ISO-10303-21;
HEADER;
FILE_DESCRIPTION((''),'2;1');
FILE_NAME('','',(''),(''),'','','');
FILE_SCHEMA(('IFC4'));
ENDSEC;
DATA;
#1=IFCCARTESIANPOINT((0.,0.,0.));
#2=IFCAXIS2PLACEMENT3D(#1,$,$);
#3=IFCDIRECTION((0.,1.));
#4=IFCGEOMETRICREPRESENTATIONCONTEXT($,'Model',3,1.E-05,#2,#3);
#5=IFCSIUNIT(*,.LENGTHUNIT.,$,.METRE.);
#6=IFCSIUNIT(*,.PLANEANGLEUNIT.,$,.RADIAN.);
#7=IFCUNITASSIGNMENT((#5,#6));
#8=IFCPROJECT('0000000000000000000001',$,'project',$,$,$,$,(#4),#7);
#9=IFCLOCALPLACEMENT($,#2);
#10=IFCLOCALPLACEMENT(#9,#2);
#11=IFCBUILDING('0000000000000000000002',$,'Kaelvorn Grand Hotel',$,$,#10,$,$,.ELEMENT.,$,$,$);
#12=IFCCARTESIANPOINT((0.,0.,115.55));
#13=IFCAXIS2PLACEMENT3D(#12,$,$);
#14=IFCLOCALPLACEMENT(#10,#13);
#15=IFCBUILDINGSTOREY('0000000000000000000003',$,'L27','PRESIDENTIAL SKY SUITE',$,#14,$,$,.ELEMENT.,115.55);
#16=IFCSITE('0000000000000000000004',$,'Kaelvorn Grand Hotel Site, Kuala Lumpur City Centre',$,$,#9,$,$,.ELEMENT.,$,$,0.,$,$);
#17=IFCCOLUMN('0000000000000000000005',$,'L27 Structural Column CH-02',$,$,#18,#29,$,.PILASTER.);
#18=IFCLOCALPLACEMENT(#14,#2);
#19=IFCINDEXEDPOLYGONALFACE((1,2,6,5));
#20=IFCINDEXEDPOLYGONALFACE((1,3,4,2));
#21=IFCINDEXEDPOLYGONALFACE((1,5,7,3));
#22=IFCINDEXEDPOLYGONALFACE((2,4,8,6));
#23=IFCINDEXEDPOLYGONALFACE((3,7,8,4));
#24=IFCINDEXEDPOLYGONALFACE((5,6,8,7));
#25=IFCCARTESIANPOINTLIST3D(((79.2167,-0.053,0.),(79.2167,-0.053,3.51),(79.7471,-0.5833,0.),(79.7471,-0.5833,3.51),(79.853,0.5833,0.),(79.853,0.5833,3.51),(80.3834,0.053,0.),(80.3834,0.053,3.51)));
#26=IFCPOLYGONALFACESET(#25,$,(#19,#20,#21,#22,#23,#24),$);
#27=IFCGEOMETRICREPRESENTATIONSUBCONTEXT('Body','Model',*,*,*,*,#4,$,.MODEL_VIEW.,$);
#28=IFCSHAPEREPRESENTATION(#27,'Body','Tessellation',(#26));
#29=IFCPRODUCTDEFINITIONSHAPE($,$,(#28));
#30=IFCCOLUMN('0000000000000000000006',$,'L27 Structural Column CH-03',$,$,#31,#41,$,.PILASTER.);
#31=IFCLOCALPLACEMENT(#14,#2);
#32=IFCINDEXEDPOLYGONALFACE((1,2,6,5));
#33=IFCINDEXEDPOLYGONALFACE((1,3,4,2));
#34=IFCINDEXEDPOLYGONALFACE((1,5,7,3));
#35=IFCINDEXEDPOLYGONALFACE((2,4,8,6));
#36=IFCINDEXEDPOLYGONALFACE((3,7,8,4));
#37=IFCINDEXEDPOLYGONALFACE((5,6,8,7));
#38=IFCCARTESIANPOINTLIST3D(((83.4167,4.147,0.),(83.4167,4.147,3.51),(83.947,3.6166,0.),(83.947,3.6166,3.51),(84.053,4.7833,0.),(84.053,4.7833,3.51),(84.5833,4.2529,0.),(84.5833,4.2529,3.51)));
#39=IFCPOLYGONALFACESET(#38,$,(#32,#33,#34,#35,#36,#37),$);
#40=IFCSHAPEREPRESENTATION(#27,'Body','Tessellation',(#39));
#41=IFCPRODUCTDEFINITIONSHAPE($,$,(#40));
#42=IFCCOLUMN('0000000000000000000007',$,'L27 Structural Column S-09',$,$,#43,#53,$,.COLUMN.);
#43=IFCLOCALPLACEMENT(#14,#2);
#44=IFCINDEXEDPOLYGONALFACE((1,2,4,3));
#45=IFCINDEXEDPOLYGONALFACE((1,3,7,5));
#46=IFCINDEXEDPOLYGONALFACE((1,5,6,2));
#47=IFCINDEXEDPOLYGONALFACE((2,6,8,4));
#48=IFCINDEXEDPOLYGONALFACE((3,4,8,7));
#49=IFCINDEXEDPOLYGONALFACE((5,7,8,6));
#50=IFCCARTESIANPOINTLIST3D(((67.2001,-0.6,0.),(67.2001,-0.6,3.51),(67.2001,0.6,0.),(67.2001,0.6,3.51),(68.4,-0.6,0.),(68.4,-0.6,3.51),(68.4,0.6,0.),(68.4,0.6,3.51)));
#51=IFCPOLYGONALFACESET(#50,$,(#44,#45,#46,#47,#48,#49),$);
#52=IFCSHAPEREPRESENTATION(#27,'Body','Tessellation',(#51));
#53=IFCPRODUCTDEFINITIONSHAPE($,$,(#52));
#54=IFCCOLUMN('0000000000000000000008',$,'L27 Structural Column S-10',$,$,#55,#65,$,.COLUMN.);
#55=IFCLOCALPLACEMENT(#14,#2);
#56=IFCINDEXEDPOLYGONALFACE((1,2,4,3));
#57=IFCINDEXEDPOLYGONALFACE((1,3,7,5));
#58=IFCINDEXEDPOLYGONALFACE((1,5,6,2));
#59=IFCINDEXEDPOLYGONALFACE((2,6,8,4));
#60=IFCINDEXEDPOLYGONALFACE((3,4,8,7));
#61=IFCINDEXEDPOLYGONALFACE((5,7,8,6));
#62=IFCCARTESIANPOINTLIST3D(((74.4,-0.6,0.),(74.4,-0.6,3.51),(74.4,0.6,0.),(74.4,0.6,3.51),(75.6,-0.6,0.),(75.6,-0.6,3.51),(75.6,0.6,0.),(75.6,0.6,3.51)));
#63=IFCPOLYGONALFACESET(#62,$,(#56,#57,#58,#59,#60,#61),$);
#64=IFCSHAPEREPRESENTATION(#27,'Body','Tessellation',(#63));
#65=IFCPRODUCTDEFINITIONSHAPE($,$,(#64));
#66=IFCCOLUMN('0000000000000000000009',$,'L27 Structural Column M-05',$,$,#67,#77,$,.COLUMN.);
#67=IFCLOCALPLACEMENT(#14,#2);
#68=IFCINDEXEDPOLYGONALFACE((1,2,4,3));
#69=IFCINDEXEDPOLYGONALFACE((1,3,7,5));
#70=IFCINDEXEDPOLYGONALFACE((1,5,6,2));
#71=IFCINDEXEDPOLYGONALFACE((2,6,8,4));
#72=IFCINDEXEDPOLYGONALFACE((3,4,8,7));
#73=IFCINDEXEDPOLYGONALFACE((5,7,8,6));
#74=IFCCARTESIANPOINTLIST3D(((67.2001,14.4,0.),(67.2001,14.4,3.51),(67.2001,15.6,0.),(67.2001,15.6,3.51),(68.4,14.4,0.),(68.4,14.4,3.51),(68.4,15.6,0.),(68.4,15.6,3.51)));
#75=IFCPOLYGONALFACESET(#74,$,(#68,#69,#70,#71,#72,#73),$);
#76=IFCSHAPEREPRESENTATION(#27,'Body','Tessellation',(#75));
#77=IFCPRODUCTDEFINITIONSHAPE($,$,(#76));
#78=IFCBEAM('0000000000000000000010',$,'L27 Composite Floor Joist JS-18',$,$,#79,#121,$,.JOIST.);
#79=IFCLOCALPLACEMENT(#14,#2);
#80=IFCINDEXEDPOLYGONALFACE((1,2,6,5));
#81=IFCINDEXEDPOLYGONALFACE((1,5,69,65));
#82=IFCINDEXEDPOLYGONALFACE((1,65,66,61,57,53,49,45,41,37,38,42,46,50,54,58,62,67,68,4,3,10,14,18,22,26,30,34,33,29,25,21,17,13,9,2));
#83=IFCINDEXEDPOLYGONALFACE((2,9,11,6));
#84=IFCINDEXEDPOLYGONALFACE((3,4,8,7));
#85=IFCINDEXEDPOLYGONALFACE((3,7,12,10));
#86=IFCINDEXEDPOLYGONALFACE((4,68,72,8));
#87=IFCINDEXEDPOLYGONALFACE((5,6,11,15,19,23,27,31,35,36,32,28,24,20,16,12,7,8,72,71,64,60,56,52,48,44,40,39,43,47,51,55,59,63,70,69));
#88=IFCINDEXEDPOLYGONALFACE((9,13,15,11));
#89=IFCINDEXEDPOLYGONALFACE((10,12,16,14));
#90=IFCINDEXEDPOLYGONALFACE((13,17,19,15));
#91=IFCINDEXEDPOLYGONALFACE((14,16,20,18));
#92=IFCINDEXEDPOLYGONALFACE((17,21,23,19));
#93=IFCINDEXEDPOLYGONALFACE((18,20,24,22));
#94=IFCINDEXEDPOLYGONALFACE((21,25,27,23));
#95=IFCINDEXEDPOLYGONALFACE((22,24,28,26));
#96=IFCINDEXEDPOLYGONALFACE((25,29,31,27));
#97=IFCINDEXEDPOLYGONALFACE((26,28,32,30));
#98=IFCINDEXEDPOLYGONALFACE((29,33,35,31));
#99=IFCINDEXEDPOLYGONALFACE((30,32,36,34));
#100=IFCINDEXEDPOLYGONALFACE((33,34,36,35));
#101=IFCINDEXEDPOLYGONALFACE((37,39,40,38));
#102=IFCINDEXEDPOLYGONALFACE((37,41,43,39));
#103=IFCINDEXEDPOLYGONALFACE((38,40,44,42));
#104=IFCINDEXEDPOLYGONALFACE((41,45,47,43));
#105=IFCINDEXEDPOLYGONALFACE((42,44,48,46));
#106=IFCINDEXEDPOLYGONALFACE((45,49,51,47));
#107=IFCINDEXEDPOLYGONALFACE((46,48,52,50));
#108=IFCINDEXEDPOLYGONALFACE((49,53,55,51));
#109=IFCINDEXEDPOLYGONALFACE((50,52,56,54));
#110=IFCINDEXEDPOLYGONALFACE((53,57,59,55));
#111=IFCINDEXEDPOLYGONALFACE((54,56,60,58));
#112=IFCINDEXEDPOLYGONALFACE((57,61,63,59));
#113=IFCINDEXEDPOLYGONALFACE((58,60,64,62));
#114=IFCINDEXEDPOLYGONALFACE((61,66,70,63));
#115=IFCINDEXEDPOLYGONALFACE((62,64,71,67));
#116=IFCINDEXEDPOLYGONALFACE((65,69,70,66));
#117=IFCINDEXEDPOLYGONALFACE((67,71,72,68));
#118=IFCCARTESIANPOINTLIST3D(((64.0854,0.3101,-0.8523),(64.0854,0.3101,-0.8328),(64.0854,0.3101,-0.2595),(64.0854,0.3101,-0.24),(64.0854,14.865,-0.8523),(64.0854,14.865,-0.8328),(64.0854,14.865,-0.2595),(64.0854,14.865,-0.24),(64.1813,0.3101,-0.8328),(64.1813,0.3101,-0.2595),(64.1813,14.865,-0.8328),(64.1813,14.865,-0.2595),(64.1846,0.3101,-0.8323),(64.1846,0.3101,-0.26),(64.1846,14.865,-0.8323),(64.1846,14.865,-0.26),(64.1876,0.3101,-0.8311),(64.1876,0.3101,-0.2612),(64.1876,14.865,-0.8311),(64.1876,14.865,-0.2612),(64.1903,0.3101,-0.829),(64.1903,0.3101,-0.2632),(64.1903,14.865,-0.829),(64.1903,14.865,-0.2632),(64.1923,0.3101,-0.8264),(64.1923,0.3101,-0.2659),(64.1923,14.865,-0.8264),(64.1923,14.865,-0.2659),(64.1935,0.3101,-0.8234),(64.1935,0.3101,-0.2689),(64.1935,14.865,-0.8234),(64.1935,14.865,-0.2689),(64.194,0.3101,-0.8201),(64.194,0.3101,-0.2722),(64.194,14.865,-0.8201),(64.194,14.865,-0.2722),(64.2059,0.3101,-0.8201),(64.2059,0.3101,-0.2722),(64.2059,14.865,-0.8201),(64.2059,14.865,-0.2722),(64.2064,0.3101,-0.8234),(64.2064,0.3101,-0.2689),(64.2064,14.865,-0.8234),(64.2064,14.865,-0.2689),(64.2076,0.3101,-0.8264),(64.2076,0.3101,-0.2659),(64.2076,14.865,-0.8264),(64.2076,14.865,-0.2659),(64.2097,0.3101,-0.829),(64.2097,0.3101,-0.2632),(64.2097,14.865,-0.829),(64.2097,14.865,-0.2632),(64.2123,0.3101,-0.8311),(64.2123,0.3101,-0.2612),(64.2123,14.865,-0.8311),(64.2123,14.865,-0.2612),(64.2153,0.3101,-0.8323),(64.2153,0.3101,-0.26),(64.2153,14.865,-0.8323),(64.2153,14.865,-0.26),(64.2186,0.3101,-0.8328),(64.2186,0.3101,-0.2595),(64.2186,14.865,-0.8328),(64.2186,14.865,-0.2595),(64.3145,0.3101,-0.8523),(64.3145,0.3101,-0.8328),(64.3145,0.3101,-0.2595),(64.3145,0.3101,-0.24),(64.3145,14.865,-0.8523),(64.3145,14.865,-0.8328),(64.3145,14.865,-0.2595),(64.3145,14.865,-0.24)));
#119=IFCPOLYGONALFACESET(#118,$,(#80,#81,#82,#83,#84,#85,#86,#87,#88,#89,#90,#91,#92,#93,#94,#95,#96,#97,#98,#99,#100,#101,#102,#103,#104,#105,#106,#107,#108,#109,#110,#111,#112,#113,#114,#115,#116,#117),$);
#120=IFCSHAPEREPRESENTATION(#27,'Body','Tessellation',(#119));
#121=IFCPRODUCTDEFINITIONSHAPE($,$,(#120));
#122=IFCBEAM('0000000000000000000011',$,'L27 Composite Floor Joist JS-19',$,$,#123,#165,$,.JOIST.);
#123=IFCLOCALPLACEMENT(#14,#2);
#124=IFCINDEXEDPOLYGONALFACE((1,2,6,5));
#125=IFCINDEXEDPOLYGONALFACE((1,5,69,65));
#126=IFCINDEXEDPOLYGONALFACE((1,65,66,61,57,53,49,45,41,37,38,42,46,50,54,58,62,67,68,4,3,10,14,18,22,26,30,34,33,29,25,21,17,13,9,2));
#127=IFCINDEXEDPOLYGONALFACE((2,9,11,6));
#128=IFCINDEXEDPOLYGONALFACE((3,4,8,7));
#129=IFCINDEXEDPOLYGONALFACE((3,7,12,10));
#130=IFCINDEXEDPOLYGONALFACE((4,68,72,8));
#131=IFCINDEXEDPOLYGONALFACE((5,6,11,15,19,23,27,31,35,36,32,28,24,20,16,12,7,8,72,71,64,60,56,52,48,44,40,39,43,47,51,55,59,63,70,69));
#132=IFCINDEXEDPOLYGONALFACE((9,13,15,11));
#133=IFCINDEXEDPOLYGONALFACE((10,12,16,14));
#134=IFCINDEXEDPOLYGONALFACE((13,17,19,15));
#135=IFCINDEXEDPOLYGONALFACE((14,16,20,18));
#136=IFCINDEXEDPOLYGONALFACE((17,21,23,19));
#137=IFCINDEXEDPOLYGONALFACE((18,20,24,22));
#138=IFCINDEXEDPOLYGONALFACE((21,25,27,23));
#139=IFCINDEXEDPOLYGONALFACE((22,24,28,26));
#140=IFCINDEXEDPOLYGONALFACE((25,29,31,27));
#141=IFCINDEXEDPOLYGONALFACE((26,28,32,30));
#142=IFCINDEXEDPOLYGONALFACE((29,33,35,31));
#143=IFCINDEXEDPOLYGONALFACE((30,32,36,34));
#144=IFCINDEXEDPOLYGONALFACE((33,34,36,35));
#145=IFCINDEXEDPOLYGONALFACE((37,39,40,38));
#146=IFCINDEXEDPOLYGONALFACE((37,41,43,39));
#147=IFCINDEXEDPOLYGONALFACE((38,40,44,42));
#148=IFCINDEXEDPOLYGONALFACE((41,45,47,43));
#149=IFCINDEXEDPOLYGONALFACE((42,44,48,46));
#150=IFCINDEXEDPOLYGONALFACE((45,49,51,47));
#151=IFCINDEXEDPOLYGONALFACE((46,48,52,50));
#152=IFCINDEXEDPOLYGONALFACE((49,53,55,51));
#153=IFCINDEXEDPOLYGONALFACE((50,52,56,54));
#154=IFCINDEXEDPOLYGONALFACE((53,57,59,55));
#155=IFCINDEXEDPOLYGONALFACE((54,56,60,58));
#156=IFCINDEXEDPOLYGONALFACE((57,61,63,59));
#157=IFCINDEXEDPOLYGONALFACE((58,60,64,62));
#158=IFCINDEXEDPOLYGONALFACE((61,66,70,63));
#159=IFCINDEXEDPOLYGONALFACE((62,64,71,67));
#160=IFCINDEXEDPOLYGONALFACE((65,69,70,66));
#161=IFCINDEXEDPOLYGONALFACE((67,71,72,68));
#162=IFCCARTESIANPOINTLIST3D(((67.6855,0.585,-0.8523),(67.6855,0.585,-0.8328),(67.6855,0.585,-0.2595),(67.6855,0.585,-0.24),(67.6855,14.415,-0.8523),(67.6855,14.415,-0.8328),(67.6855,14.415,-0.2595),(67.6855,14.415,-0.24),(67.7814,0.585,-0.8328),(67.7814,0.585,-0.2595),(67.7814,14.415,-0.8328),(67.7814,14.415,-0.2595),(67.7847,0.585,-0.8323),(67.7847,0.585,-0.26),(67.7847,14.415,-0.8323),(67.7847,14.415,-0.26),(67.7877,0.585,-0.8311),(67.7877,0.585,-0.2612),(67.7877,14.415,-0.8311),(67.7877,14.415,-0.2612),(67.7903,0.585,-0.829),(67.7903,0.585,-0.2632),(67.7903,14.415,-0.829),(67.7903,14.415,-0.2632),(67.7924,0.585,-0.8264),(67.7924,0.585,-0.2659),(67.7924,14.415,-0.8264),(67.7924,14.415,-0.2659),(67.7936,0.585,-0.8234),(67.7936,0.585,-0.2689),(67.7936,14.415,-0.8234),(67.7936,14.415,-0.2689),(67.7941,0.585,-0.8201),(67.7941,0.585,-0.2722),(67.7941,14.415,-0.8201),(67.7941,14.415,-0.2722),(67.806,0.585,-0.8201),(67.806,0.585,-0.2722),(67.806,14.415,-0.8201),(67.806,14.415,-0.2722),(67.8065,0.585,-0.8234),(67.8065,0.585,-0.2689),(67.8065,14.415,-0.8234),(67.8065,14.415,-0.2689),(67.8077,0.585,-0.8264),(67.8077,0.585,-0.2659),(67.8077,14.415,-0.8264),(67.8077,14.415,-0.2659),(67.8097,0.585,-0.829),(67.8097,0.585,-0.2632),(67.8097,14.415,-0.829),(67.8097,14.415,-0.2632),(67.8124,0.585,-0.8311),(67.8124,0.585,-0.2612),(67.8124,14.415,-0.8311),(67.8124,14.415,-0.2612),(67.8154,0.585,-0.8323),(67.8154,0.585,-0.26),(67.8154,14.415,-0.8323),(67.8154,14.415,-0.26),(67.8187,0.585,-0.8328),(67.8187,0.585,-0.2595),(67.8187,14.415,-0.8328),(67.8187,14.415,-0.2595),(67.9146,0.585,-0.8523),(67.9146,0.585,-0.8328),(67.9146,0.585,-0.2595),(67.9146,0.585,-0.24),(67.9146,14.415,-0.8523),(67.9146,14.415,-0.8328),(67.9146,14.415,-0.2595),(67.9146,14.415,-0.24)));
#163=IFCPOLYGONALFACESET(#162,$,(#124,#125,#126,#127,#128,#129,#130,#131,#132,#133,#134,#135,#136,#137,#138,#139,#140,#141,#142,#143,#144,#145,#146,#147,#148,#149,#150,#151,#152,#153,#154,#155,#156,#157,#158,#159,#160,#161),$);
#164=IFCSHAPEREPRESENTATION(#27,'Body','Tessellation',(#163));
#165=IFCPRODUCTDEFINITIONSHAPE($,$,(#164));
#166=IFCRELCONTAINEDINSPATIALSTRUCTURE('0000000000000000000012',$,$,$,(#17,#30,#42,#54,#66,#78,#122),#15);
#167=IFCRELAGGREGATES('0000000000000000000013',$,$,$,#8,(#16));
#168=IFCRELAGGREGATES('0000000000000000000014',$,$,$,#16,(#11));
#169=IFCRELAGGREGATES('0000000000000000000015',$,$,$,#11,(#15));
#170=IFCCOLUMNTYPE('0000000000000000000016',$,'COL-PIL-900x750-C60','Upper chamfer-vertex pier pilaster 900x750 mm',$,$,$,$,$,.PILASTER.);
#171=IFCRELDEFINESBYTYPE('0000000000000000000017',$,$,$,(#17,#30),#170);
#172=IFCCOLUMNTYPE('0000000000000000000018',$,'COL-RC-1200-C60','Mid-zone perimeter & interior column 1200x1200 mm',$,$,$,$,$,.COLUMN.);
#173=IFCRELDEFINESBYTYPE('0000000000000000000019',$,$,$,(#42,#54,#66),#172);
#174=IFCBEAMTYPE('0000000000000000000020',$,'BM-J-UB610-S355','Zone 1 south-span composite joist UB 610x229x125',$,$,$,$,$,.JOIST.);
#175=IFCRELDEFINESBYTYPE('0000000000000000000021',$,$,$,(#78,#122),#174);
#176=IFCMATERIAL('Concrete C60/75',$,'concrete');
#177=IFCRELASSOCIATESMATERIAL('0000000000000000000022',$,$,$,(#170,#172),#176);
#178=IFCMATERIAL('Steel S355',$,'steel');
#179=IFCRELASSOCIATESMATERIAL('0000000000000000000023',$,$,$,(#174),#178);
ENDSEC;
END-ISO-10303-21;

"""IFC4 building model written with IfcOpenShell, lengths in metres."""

from ifc_helpers import new_model, si_unit, direction, frame, origin, origin_2d, place, context, subcontext, project, spatial, rectangle, i_section, extrude, material, material_profile, profile_set, type_object, element, save


model = new_model("IFC4")

# Units and contexts
model_context = context("Model", 3, precision=1e-05, world=origin(), true_north=direction((0.0, 1.0)))
body_context = subcontext(model_context, "Body", "Model", "MODEL_VIEW")
ifc_project = project(units=[si_unit("LENGTHUNIT", "METRE"), si_unit("PLANEANGLEUNIT", "RADIAN")], contexts=[model_context])

# Site, building, storey
site_placement = place(None, origin())
site = spatial("IfcSite", under=ifc_project, at=site_placement, Name="Kaelvorn Grand Hotel Site, Kuala Lumpur City Centre", CompositionType="ELEMENT", RefElevation=0.0)
building_placement = place(site_placement, origin())
building = spatial("IfcBuilding", under=site, at=building_placement, Name="Kaelvorn Grand Hotel", CompositionType="ELEMENT")
storey_placement = place(building_placement, frame((0.0, 0.0, 115.55)))
storey = spatial("IfcBuildingStorey", under=building, at=storey_placement, Name="L27", Description="PRESIDENTIAL SKY SUITE", CompositionType="ELEMENT", Elevation=115.55)

# Columns
ifc_material_1 = material(Name="Concrete C60/75", Category="concrete")
ifc_material_profile_1 = material_profile(ifc_material_1, rectangle(XDim=0.8999, YDim=0.75, at=origin_2d()), Name="RC PILASTER 900x750")
ifc_profile_set_1 = profile_set([ifc_material_profile_1], Name="Concrete C60/75")
column_type_1 = type_object("IfcColumnType", Name="COL-PIL-900x750-C60", Description="Upper chamfer-vertex pier pilaster 900x750 mm", PredefinedType="PILASTER", material=ifc_profile_set_1)
for number, where, z_axis, x_axis, name in (
    (1, (79.8, 0.0, 0.0), (0.0, 0.0, 1.0), (0.707107, 0.707107, 0.0), "L27 Structural Column CH-02"),
    (2, (84.0, 4.2, 0.0), (0.0, 0.0, 1.0), (0.707107, 0.707107, 0.0), "L27 Structural Column CH-03"),
):
    element("IfcColumn", number, at=place(storey_placement, frame(where, z_axis=z_axis, x_axis=x_axis)), inside=storey, type_object=column_type_1, Name=name, PredefinedType="PILASTER", context=body_context, shape_type="SweptSolid", body=[
        extrude(rectangle(XDim=0.8999, YDim=0.75, at=origin_2d()), origin(), (0.0, 0.0, 1.0), 3.51),
    ])
ifc_material_profile_2 = material_profile(ifc_material_1, rectangle(XDim=1.2, YDim=1.2, at=origin_2d()), Name="RC COL 1200x1200")
ifc_profile_set_2 = profile_set([ifc_material_profile_2], Name="Concrete C60/75")
column_type_2 = type_object("IfcColumnType", Name="COL-RC-1200-C60", Description="Mid-zone perimeter & interior column 1200x1200 mm", PredefinedType="COLUMN", material=ifc_profile_set_2)
for number, where, z_axis, x_axis, name in (
    (3, (67.8, 0.0, 0.0), (0.0, 0.0, 1.0), (1.0, 0.0, 0.0), "L27 Structural Column S-09"),
    (4, (75.0, 0.0, 0.0), (0.0, 0.0, 1.0), (1.0, 0.0, 0.0), "L27 Structural Column S-10"),
    (5, (67.8, 15.0, 0.0), (0.0, 0.0, 1.0), (1.0, 0.0, 0.0), "L27 Structural Column M-05"),
):
    element("IfcColumn", number, at=place(storey_placement, frame(where, z_axis=z_axis, x_axis=x_axis)), inside=storey, type_object=column_type_2, Name=name, PredefinedType="COLUMN", context=body_context, shape_type="SweptSolid", body=[
        extrude(rectangle(XDim=1.2, YDim=1.2, at=origin_2d()), origin(), (0.0, 0.0, 1.0), 3.51),
    ])

# Beams
ifc_material_2 = material(Name="Steel S355", Category="steel")
ifc_material_profile_3 = material_profile(ifc_material_2, i_section(OverallWidth=0.229, OverallDepth=0.6123, WebThickness=0.012, FlangeThickness=0.0195, FilletRadius=0.0127, at=origin_2d()), Name="UB 610x229x125")
ifc_profile_set_3 = profile_set([ifc_material_profile_3], Name="Steel S355")
beam_type_1 = type_object("IfcBeamType", Name="BM-J-UB610-S355", Description="Zone 1 south-span composite joist UB 610x229x125", PredefinedType="JOIST", material=ifc_profile_set_3)
beam_1_placement = place(storey_placement, frame((64.2, 0.3101, -0.5461), z_axis=(0.0, 1.0, 0.0), x_axis=(-1.0, 0.0, 0.0)))
element("IfcBeam", 6, at=beam_1_placement, inside=storey, type_object=beam_type_1, Name="L27 Composite Floor Joist JS-18", PredefinedType="JOIST", context=body_context, shape_type="SweptSolid", body=[
    extrude(i_section(OverallWidth=0.229, OverallDepth=0.6123, WebThickness=0.012, FlangeThickness=0.0195, FilletRadius=0.0127, at=origin_2d()), origin(), (0.0, 0.0, 1.0), 14.5549),
])
beam_2_placement = place(storey_placement, frame((67.8, 0.585, -0.5461), z_axis=(0.0, 1.0, 0.0), x_axis=(-1.0, 0.0, 0.0)))
element("IfcBeam", 7, at=beam_2_placement, inside=storey, type_object=beam_type_1, Name="L27 Composite Floor Joist JS-19", PredefinedType="JOIST", context=body_context, shape_type="SweptSolid", body=[
    extrude(i_section(OverallWidth=0.229, OverallDepth=0.6123, WebThickness=0.012, FlangeThickness=0.0195, FilletRadius=0.0127, at=origin_2d()), origin(), (0.0, 0.0, 1.0), 13.8301),
])

save(model, "model.ifc")
